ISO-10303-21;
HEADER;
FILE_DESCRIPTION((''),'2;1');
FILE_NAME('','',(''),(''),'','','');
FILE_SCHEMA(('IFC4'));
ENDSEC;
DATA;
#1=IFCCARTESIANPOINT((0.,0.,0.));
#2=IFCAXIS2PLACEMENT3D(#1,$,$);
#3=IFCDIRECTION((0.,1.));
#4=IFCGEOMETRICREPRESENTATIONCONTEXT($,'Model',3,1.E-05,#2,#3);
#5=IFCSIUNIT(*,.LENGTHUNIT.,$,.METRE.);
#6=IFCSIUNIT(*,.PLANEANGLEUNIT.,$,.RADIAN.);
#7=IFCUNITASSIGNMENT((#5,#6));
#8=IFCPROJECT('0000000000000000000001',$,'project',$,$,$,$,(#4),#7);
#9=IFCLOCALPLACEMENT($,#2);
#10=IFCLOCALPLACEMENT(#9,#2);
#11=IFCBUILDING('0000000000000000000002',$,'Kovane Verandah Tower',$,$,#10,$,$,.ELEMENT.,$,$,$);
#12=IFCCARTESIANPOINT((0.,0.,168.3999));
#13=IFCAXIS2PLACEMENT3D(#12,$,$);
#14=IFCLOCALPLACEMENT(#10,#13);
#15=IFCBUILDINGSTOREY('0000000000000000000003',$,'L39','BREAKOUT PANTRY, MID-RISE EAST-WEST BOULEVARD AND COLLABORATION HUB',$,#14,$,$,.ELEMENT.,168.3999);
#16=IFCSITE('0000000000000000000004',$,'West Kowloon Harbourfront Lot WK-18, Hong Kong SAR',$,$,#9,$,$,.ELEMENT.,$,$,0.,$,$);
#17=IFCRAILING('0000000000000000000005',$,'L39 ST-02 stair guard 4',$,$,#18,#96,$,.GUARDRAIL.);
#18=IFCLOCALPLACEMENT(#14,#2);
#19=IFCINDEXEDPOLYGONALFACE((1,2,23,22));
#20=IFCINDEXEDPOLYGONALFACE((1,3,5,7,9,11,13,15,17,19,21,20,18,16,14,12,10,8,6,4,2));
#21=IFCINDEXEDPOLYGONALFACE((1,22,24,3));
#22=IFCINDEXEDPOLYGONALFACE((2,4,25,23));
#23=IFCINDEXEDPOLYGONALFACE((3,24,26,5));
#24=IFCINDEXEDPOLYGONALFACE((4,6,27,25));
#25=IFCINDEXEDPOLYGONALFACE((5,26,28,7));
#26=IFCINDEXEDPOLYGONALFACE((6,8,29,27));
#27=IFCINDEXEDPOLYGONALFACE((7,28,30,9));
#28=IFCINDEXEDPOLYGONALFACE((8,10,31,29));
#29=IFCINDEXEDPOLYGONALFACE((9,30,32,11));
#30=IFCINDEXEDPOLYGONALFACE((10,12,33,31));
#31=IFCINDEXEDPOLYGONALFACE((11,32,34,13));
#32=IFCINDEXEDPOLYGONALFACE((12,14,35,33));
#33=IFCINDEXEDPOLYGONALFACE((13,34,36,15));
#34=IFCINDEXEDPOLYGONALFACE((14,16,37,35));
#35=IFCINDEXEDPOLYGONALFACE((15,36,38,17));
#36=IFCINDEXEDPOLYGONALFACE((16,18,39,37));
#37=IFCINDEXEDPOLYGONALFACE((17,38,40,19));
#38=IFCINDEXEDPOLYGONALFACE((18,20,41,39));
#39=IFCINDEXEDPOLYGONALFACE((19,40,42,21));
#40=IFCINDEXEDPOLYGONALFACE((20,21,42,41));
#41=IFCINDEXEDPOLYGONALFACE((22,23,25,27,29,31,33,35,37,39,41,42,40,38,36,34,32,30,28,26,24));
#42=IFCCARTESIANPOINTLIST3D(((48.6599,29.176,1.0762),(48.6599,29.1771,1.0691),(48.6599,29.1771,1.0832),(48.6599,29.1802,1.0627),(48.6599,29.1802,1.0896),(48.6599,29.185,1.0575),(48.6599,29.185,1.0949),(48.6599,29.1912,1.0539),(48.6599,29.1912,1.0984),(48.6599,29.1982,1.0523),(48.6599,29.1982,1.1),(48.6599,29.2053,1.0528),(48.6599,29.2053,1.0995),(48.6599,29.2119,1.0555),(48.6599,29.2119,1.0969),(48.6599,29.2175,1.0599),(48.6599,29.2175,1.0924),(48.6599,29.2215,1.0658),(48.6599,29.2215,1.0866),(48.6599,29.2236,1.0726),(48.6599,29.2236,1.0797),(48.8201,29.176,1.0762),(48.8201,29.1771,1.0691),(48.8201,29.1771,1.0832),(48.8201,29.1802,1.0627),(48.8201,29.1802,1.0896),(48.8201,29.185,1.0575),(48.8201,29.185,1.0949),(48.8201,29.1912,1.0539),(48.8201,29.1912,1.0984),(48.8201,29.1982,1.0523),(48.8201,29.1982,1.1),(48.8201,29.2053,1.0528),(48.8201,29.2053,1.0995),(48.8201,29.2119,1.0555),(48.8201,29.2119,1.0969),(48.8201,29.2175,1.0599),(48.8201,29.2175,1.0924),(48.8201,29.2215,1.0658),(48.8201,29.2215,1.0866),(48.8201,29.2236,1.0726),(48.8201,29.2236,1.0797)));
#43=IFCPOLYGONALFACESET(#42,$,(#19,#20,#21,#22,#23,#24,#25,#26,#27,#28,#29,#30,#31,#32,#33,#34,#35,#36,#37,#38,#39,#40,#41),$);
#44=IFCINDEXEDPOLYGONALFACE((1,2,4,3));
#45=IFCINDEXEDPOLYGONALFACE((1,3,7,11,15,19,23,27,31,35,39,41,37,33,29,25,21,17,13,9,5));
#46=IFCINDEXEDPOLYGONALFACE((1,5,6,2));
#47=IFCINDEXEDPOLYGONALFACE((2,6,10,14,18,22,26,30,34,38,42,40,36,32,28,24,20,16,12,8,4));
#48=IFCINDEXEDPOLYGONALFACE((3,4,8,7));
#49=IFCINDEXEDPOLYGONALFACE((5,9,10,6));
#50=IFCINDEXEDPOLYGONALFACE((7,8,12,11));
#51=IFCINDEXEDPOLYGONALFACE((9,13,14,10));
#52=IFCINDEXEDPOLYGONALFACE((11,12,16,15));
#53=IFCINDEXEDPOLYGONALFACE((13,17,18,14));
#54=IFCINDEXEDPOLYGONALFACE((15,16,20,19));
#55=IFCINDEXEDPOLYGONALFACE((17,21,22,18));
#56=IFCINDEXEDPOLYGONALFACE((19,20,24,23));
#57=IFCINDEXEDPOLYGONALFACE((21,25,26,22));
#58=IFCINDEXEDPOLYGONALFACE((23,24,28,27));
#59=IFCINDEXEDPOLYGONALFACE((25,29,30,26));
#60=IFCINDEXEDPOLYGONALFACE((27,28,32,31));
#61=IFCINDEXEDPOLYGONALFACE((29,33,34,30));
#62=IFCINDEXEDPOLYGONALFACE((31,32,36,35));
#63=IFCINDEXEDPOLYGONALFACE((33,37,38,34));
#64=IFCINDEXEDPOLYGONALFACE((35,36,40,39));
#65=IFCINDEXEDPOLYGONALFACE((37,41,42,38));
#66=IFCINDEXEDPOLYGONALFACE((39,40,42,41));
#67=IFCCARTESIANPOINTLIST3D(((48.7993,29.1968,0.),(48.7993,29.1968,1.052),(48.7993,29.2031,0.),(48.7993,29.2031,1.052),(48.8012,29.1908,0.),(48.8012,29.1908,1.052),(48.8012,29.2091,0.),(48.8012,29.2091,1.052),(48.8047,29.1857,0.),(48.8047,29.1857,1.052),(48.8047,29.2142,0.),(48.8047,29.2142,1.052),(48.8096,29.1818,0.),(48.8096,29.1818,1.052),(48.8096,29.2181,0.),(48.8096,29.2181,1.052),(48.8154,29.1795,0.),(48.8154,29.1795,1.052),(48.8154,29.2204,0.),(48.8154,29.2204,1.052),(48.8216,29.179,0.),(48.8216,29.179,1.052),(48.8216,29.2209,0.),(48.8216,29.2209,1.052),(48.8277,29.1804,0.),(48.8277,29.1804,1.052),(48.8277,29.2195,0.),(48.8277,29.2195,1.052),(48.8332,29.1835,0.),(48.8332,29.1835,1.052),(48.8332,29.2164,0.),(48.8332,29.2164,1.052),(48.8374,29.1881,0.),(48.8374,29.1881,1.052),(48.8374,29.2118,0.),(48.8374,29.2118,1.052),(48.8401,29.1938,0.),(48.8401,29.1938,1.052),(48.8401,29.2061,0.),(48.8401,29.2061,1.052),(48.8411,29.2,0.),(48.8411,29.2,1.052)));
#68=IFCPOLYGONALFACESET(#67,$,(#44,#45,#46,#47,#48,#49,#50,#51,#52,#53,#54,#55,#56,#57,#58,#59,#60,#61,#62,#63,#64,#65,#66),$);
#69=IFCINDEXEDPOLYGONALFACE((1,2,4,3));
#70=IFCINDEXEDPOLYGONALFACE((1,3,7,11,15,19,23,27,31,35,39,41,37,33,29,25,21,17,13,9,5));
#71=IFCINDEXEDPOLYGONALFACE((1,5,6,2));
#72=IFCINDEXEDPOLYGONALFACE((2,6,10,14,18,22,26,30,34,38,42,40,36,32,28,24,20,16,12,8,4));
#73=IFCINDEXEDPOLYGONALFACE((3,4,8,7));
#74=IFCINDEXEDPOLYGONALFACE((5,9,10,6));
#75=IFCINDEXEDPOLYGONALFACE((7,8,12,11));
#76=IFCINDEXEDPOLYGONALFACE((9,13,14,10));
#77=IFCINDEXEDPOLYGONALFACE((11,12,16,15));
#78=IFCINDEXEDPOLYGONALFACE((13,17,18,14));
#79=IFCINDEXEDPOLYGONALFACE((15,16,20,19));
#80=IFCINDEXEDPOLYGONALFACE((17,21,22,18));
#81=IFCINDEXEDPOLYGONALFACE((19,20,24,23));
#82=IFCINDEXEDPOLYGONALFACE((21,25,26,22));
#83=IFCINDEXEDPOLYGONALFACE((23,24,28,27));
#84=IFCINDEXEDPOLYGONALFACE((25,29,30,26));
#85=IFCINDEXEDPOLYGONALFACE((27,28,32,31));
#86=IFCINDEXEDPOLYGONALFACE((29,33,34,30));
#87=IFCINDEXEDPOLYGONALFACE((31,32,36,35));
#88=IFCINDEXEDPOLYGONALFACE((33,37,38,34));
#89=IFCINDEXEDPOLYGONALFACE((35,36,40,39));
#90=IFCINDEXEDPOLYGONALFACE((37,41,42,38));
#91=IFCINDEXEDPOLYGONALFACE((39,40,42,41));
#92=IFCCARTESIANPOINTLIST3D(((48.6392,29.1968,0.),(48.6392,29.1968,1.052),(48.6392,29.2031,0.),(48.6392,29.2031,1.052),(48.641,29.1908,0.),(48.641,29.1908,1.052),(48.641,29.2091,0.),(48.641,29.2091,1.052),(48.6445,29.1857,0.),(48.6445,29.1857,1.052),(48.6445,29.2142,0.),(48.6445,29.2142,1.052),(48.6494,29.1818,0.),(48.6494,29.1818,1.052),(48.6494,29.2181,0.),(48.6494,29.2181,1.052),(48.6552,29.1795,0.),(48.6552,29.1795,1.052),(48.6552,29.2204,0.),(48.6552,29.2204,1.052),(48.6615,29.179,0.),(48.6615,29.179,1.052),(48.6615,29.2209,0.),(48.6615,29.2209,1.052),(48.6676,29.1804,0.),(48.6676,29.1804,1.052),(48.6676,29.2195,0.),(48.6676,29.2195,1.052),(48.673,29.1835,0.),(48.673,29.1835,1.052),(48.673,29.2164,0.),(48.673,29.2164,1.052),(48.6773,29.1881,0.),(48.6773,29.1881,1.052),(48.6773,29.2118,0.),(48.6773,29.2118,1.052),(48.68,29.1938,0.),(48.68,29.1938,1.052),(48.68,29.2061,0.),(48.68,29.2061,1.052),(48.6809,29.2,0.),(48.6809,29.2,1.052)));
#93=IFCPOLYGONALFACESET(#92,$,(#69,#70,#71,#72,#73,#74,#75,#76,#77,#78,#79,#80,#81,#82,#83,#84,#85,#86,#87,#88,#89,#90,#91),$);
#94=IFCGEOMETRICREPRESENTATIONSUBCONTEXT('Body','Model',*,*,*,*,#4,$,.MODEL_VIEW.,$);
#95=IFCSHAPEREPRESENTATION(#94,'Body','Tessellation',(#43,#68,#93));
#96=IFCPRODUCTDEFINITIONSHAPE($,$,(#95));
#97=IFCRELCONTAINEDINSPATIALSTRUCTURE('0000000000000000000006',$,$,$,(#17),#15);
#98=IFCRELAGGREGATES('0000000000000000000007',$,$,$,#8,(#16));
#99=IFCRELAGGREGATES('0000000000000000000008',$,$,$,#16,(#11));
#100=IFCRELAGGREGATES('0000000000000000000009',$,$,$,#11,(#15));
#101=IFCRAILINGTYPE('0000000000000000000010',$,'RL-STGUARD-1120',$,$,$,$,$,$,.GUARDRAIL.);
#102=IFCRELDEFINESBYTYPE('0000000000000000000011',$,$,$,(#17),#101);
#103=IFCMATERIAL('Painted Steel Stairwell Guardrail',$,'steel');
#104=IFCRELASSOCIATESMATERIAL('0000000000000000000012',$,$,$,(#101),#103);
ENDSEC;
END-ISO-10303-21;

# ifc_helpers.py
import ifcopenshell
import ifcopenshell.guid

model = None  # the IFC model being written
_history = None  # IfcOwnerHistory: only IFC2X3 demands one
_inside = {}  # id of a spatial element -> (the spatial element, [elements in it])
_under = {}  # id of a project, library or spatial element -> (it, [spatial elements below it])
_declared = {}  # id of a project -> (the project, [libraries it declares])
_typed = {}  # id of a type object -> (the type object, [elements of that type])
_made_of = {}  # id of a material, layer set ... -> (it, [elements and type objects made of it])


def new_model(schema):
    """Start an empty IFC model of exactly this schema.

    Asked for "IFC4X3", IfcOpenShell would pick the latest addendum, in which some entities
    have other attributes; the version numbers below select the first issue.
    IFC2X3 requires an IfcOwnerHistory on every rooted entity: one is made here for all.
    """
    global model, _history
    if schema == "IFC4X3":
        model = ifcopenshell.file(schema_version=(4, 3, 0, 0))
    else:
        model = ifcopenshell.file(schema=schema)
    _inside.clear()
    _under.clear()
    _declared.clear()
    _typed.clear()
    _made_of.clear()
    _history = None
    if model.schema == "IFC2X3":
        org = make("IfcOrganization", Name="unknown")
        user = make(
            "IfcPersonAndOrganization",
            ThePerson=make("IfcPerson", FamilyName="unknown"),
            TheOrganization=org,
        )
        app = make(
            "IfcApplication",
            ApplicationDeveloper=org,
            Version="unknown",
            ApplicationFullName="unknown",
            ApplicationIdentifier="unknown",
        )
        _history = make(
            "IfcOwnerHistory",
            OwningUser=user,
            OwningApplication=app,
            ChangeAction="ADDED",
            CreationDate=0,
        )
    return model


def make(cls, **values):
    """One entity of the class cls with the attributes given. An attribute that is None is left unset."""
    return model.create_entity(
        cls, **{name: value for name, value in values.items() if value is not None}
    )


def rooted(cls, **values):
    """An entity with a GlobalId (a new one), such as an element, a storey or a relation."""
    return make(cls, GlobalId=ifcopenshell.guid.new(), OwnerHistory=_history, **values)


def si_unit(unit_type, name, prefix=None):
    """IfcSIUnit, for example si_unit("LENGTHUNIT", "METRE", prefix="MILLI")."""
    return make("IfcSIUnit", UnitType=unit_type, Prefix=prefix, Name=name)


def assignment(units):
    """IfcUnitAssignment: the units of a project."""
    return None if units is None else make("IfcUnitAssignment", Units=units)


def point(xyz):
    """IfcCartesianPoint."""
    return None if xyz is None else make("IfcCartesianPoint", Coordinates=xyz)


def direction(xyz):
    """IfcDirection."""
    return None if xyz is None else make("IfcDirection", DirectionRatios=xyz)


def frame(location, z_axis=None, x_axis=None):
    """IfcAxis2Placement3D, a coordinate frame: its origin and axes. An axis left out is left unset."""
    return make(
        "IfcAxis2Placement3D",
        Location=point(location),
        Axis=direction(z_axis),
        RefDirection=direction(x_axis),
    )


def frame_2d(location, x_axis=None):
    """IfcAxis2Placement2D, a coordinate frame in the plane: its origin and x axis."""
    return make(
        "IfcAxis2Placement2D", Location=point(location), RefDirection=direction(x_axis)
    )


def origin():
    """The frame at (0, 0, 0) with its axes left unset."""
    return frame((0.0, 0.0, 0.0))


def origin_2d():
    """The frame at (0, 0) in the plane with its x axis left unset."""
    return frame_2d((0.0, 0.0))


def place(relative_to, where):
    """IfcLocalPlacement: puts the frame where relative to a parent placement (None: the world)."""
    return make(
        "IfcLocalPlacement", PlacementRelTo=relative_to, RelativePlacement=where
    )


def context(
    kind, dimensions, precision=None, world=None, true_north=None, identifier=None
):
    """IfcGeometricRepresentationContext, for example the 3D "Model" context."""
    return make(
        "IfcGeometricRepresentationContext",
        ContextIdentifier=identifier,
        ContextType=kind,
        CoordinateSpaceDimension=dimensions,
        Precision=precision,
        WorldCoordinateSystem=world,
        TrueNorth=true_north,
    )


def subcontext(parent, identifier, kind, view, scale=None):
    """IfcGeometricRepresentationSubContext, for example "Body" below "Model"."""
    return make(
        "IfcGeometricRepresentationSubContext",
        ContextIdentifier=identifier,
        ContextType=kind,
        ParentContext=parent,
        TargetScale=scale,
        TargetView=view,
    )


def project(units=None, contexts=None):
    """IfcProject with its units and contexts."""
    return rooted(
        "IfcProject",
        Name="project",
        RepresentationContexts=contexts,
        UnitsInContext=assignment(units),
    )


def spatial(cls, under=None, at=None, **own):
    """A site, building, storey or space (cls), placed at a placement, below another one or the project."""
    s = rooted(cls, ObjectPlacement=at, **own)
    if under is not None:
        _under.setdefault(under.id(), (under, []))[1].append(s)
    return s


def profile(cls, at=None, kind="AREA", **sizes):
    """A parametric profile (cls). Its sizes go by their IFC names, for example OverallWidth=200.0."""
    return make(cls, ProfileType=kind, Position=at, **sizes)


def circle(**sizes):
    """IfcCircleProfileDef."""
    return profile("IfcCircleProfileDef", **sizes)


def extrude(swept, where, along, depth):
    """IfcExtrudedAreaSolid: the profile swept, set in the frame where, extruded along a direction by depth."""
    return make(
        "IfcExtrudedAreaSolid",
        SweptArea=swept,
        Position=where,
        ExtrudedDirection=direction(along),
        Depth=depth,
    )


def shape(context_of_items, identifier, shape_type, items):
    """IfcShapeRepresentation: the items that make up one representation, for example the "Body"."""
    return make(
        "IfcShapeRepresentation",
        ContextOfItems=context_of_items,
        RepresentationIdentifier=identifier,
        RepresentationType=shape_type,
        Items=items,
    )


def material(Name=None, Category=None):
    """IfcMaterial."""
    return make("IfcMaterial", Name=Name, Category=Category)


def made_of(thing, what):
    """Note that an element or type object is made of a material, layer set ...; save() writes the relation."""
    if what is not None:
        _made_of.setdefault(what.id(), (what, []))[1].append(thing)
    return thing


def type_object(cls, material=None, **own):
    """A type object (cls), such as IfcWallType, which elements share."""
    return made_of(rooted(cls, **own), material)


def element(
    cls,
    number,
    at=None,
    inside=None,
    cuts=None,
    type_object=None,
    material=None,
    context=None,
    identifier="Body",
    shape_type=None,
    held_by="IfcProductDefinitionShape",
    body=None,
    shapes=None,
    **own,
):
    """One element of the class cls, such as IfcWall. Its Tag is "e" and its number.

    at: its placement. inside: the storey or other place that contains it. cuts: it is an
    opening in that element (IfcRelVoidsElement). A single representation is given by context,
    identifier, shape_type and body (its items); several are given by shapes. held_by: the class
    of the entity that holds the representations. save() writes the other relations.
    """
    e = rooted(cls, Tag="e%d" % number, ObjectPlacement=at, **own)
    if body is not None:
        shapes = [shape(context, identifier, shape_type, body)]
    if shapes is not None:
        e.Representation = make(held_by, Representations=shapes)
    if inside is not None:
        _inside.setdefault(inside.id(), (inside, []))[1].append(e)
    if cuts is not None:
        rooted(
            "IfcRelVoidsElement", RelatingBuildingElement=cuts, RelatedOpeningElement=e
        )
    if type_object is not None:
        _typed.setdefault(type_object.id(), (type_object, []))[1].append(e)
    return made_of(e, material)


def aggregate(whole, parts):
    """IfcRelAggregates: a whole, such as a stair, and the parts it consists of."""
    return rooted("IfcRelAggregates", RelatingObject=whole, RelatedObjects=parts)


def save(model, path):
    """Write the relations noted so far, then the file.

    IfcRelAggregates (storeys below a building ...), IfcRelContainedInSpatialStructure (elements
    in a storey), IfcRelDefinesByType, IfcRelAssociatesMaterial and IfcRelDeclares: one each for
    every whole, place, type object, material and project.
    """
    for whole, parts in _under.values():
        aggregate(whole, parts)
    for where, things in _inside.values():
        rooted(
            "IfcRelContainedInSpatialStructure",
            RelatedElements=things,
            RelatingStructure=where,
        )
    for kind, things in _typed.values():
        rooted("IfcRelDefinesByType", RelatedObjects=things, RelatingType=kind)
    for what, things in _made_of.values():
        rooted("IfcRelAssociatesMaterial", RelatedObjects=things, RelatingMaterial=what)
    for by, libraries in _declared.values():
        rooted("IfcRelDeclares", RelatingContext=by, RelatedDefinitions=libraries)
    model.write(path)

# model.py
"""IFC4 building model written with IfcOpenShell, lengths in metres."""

from ifc_helpers import new_model, si_unit, direction, frame, origin, origin_2d, place, context, subcontext, project, spatial, circle, extrude, material, type_object, element, save


model = new_model("IFC4")

# Units and contexts
model_context = context("Model", 3, precision=1e-05, world=origin(), true_north=direction((0.0, 1.0)))
body_context = subcontext(model_context, "Body", "Model", "MODEL_VIEW")
ifc_project = project(units=[si_unit("LENGTHUNIT", "METRE"), si_unit("PLANEANGLEUNIT", "RADIAN")], contexts=[model_context])

# Site, building, storey
site_placement = place(None, origin())
site = spatial("IfcSite", under=ifc_project, at=site_placement, Name="West Kowloon Harbourfront Lot WK-18, Hong Kong SAR", CompositionType="ELEMENT", RefElevation=0.0)
building_placement = place(site_placement, origin())
building = spatial("IfcBuilding", under=site, at=building_placement, Name="Kovane Verandah Tower", CompositionType="ELEMENT")
storey_placement = place(building_placement, frame((0.0, 0.0, 168.3999)))
storey = spatial("IfcBuildingStorey", under=building, at=storey_placement, Name="L39", Description="BREAKOUT PANTRY, MID-RISE EAST-WEST BOULEVARD AND COLLABORATION HUB", CompositionType="ELEMENT", Elevation=168.3999)

# Railing
ifc_material_1 = material(Name="Painted Steel Stairwell Guardrail", Category="steel")
railing_type_1 = type_object("IfcRailingType", Name="RL-STGUARD-1120", PredefinedType="GUARDRAIL", material=ifc_material_1)
railing_1_placement = place(storey_placement, frame((48.8201, 29.2, 0.0)))
element("IfcRailing", 1, at=railing_1_placement, inside=storey, type_object=railing_type_1, Name="L39 ST-02 stair guard 4", PredefinedType="GUARDRAIL", context=body_context, shape_type="SweptSolid", body=[
    extrude(circle(Radius=0.0239, at=origin_2d()), frame((0.0, 0.0, 1.0762), z_axis=(-1.0, 0.0, 0.0), x_axis=(0.0, -1.0, 0.0)), (0.0, 0.0, 1.0), 0.1602),
    extrude(circle(Radius=0.021, at=origin_2d()), origin(), (0.0, 0.0, 1.0), 1.052),
    extrude(circle(Radius=0.021, at=origin_2d()), frame((-0.1602, 0.0, 0.0)), (0.0, 0.0, 1.0), 1.052),
])

save(model, "model.ifc")
